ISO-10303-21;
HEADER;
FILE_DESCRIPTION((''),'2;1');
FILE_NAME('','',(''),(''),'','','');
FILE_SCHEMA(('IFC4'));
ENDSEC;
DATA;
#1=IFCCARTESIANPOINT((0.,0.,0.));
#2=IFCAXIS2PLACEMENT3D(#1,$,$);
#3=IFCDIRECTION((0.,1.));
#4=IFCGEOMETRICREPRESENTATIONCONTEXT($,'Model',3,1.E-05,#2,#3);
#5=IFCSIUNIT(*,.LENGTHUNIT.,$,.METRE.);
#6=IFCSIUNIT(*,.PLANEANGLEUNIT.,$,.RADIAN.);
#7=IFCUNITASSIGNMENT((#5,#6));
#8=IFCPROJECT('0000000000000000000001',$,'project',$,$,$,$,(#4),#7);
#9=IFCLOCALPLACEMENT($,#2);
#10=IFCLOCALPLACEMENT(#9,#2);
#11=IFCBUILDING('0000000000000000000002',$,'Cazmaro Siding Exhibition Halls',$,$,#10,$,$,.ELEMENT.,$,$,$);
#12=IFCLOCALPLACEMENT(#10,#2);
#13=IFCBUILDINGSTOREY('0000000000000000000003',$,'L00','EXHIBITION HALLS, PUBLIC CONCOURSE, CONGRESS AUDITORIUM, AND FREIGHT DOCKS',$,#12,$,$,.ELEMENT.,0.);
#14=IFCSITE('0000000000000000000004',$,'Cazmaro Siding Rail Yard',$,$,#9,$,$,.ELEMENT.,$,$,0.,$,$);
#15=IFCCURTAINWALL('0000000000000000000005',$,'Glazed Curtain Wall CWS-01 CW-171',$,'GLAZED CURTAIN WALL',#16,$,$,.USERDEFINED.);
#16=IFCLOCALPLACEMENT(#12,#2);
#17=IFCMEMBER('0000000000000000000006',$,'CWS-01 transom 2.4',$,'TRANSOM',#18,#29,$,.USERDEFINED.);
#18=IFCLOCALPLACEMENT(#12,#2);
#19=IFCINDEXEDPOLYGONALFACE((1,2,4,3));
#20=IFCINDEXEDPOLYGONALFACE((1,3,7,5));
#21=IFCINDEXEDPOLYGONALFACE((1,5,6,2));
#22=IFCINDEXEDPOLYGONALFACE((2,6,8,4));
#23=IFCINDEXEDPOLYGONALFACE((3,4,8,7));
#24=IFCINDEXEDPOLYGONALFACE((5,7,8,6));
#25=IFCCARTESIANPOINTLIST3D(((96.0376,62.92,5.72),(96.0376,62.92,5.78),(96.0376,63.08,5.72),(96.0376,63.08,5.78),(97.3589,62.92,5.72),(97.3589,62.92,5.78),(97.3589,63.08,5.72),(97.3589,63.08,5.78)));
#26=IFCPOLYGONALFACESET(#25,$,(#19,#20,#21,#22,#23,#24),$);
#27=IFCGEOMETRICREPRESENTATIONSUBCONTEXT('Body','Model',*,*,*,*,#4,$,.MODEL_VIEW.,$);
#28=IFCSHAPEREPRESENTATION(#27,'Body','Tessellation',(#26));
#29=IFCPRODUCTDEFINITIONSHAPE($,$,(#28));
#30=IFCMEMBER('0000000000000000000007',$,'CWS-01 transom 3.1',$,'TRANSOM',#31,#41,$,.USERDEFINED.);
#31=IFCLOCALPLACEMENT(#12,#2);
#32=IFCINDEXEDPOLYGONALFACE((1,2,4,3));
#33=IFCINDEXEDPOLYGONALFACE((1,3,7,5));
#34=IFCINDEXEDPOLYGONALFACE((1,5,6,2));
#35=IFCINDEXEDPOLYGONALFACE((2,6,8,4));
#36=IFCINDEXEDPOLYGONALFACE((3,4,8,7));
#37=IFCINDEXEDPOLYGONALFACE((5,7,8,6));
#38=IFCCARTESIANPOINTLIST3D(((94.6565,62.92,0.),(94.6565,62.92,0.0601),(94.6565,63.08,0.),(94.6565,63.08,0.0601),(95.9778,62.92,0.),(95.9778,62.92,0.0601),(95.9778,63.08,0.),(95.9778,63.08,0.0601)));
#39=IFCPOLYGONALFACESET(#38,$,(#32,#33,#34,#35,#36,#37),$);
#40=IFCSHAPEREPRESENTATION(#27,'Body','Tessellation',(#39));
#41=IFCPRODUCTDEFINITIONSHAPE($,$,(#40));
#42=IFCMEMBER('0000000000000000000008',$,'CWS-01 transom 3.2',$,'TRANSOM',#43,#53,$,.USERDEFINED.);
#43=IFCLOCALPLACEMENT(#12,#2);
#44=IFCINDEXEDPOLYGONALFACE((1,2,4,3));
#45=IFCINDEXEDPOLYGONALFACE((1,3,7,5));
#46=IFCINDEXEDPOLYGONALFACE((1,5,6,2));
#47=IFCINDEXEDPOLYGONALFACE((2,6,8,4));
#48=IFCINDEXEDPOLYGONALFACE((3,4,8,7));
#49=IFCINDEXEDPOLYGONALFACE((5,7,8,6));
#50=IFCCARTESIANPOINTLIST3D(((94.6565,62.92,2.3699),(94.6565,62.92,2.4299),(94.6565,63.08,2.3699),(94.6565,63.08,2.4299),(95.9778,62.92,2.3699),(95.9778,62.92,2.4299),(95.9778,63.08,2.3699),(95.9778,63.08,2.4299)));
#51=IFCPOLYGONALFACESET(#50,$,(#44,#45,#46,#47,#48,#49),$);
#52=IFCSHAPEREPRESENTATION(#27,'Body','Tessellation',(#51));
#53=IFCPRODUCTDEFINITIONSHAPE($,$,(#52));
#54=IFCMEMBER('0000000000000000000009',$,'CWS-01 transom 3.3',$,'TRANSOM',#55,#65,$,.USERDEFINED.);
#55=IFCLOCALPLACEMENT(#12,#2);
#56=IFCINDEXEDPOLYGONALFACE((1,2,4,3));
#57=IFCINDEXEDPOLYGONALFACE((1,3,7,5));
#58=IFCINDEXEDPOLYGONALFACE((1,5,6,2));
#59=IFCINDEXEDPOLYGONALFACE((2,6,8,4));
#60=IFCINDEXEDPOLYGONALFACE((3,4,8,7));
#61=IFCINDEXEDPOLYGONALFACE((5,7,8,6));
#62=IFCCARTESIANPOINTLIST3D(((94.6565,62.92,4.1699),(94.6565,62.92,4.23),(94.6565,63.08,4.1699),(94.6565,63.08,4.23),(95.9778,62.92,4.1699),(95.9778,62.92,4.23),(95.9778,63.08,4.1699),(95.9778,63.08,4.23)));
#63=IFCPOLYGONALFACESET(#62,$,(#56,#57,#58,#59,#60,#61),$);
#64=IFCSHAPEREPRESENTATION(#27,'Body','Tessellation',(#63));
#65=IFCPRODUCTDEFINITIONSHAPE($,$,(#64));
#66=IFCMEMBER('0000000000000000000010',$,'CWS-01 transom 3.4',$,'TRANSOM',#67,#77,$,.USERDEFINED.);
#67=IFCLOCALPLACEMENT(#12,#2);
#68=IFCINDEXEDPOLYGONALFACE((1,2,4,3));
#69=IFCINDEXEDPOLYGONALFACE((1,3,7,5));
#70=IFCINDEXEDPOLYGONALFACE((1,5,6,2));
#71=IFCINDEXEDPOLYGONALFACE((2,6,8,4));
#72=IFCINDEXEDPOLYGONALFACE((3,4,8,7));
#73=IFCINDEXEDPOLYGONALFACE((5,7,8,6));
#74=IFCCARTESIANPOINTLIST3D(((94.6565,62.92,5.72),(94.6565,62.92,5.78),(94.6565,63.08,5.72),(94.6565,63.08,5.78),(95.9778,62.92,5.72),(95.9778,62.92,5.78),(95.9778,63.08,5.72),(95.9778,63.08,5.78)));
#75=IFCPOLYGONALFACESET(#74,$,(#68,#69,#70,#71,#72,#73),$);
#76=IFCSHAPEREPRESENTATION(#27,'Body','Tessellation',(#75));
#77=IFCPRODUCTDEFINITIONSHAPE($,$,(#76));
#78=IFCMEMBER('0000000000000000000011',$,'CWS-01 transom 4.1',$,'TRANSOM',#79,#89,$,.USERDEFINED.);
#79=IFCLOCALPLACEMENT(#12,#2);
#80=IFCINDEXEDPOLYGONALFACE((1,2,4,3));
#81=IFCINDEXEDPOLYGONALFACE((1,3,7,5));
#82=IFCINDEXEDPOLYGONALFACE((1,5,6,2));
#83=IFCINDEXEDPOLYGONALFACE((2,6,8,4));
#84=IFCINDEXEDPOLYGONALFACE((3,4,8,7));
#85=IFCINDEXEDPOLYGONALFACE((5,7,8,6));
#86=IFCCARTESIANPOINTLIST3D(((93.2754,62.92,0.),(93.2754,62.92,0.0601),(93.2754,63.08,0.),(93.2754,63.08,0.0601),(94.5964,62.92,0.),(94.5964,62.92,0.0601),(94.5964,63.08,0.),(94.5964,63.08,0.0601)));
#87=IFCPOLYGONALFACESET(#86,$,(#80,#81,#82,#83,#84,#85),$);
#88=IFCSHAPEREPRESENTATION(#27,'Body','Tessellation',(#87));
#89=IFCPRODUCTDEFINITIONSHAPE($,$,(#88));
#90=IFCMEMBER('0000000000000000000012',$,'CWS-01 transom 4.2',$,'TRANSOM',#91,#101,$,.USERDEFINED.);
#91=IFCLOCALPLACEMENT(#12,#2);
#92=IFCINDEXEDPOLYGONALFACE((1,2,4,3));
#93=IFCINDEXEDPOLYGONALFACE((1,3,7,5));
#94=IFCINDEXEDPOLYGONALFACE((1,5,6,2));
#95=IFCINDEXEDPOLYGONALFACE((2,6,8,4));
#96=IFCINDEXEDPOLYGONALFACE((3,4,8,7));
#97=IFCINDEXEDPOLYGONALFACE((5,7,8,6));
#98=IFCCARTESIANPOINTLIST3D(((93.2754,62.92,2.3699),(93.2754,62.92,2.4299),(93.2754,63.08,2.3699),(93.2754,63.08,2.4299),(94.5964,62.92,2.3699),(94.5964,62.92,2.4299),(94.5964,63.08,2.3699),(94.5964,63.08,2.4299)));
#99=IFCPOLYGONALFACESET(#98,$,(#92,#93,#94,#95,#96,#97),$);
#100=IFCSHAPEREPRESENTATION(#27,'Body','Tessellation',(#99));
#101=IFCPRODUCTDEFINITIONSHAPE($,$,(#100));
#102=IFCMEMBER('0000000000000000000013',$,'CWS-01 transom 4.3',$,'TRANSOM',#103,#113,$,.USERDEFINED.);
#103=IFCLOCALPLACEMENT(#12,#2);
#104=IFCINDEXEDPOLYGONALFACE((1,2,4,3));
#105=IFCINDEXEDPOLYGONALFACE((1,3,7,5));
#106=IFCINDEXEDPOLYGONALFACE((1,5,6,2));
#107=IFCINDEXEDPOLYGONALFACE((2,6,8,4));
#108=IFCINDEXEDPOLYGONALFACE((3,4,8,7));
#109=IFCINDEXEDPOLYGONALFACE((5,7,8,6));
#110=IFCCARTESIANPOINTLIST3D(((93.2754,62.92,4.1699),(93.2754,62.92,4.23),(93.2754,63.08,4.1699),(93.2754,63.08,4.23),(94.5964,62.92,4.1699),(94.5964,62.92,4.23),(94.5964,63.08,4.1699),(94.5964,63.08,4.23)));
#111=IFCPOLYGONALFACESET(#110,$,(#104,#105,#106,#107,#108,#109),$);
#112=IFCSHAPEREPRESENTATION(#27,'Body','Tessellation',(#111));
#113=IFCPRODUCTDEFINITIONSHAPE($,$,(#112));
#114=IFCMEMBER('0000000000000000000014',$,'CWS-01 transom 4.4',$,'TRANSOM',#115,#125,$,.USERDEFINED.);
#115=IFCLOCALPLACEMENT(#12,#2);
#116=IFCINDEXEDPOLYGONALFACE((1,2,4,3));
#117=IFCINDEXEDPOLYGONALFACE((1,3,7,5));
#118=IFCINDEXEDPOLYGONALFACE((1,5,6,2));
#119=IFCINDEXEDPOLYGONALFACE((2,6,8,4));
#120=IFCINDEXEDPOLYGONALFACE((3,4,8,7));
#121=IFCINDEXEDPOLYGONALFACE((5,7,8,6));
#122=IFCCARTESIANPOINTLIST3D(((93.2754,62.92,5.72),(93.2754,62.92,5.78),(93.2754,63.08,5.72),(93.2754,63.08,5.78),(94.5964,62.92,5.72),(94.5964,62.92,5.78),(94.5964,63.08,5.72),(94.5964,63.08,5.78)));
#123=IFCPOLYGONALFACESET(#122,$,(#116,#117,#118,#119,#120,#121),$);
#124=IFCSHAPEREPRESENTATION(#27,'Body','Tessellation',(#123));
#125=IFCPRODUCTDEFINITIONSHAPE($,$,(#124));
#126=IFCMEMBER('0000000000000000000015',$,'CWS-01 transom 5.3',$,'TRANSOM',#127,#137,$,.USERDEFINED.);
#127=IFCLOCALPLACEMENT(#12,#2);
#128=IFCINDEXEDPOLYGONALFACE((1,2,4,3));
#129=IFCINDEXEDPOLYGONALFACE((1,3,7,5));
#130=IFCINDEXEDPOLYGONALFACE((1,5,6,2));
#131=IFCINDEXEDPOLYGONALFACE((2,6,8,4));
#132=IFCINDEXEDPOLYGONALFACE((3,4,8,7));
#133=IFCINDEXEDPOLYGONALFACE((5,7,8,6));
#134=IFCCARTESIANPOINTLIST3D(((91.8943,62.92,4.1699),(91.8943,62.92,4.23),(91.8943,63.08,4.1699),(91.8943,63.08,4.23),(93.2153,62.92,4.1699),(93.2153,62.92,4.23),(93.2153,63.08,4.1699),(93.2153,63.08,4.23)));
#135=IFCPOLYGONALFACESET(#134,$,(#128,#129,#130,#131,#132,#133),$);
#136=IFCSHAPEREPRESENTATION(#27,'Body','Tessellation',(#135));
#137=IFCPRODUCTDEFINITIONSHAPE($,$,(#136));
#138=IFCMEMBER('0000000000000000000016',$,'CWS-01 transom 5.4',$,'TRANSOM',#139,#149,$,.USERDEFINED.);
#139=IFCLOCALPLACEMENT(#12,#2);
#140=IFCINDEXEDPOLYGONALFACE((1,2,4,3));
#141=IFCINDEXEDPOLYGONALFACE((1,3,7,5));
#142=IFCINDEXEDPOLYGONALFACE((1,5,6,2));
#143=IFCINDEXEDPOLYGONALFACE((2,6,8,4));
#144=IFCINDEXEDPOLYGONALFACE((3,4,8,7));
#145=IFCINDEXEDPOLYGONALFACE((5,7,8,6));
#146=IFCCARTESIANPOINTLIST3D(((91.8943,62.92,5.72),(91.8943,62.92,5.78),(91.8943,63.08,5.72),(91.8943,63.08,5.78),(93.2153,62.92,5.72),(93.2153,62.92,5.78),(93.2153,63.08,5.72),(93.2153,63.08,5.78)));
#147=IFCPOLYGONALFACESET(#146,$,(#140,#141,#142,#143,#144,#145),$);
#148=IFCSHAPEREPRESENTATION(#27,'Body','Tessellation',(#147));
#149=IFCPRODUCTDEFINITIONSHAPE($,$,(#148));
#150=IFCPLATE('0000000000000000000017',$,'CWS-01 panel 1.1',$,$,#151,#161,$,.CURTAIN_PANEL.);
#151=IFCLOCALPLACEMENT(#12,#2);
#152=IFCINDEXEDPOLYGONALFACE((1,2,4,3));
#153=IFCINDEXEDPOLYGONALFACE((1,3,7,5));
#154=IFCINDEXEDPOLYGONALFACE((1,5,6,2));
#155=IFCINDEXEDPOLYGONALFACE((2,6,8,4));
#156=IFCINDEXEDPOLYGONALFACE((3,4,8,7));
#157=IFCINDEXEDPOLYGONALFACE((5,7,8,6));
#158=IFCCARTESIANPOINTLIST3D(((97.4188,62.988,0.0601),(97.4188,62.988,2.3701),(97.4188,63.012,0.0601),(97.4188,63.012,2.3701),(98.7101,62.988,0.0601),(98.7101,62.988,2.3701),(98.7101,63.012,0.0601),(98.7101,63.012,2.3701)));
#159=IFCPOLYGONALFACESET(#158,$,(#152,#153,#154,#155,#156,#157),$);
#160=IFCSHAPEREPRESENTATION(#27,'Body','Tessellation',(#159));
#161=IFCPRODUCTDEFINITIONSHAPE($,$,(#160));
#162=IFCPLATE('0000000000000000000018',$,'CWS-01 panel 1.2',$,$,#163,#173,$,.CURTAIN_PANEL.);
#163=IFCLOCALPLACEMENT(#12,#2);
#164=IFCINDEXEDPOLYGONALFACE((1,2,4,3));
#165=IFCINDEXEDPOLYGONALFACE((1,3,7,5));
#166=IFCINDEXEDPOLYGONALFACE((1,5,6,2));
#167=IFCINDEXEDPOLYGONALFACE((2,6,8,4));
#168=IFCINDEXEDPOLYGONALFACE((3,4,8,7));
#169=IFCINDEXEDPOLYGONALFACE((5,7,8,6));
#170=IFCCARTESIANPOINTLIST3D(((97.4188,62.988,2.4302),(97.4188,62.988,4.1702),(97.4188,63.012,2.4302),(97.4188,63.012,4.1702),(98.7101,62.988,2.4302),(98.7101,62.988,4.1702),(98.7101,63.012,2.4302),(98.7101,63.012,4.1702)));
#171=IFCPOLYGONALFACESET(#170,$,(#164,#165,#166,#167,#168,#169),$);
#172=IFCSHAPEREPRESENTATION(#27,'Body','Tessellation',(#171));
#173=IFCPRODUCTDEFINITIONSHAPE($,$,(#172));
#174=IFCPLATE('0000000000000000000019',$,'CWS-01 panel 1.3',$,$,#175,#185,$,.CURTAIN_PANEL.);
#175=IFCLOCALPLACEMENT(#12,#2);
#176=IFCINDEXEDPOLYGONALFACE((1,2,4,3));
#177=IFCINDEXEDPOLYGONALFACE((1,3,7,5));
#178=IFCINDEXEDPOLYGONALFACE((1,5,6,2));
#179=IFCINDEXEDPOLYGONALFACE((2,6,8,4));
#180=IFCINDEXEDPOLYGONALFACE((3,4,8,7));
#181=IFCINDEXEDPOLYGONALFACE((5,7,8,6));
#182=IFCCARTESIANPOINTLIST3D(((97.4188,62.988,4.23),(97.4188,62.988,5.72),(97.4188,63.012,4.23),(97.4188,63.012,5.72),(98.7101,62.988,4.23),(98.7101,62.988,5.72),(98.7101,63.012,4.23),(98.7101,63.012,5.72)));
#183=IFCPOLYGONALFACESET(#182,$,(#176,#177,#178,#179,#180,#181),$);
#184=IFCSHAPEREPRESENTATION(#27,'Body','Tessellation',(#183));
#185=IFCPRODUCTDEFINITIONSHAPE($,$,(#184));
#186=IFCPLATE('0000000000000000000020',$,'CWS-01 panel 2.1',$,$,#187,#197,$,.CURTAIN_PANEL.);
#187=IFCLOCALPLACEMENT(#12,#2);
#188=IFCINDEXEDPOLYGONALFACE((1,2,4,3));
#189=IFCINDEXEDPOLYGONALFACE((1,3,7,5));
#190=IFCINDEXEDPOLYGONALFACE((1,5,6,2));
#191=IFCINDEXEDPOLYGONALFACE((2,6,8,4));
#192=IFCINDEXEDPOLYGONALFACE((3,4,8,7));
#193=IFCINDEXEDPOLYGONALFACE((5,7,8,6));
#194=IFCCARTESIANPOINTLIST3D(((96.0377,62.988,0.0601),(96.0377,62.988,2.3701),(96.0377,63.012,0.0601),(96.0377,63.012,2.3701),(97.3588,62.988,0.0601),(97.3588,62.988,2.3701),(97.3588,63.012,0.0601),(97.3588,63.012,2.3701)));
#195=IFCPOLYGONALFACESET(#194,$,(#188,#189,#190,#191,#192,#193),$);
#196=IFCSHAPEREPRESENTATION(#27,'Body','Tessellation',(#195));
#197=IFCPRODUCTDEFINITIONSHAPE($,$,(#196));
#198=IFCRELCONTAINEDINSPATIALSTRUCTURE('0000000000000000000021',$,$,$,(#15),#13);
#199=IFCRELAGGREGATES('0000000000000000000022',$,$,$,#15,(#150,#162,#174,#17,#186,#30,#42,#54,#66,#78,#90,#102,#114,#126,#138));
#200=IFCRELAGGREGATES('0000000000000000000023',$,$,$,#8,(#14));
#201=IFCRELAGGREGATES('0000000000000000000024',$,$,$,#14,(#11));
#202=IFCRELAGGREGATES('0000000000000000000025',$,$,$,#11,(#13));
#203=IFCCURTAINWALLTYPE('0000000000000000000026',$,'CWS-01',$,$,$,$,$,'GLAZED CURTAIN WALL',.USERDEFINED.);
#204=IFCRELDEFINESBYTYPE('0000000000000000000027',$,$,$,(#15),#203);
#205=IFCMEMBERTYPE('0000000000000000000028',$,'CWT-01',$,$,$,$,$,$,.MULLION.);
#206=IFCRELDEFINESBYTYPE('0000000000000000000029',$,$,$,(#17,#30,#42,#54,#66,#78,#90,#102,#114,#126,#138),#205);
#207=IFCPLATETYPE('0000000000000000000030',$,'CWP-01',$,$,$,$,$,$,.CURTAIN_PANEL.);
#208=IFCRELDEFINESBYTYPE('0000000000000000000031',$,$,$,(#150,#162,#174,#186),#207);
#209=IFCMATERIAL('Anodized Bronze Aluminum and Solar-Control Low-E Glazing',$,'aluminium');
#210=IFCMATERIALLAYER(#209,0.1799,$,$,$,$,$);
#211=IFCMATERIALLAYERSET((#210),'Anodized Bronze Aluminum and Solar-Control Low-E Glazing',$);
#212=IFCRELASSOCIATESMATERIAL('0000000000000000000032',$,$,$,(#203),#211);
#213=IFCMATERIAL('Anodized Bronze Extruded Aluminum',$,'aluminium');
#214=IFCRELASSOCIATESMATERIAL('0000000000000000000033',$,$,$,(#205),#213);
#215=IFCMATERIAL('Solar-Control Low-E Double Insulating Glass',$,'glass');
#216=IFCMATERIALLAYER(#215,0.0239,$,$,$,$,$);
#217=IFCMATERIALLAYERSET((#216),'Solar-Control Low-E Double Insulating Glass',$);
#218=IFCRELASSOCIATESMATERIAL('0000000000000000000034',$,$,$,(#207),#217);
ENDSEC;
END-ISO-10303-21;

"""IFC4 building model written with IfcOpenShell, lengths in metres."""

from ifc_helpers import new_model, si_unit, direction, frame, origin, origin_2d, place, context, subcontext, project, spatial, rectangle, extrude, material, layer, layer_set, material_profile, profile_set, type_object, element, aggregate, save


model = new_model("IFC4")

# Units and contexts
model_context = context("Model", 3, precision=1e-05, world=origin(), true_north=direction((0.0, 1.0)))
body_context = subcontext(model_context, "Body", "Model", "MODEL_VIEW")
ifc_project = project(units=[si_unit("LENGTHUNIT", "METRE"), si_unit("PLANEANGLEUNIT", "RADIAN")], contexts=[model_context])

# Site, building, storey
site_placement = place(None, origin())
site = spatial("IfcSite", under=ifc_project, at=site_placement, Name="Cazmaro Siding Rail Yard", CompositionType="ELEMENT", RefElevation=0.0)
building_placement = place(site_placement, origin())
building = spatial("IfcBuilding", under=site, at=building_placement, Name="Cazmaro Siding Exhibition Halls", CompositionType="ELEMENT")
storey_placement = place(building_placement, origin())
storey = spatial("IfcBuildingStorey", under=building, at=storey_placement, Name="L00", Description="EXHIBITION HALLS, PUBLIC CONCOURSE, CONGRESS AUDITORIUM, AND FREIGHT DOCKS", CompositionType="ELEMENT", Elevation=0.0)

# Curtain wall, members, plates
ifc_material_1 = material(Name="Anodized Bronze Aluminum and Solar-Control Low-E Glazing", Category="aluminium")
ifc_layer_1 = layer(ifc_material_1, 0.1799)
ifc_layer_set_1 = layer_set([ifc_layer_1], Name="Anodized Bronze Aluminum and Solar-Control Low-E Glazing")
curtain_wall_type = type_object("IfcCurtainWallType", Name="CWS-01", ElementType="GLAZED CURTAIN WALL", PredefinedType="USERDEFINED", material=ifc_layer_set_1)
curtain_wall_placement = place(storey_placement, origin())
curtain_wall = element("IfcCurtainWall", 1, at=curtain_wall_placement, inside=storey, type_object=curtain_wall_type, Name="Glazed Curtain Wall CWS-01 CW-171", ObjectType="GLAZED CURTAIN WALL", PredefinedType="USERDEFINED")
ifc_material_2 = material(Name="Anodized Bronze Extruded Aluminum", Category="aluminium")
ifc_material_profile_1 = material_profile(ifc_material_2, rectangle(XDim=0.1599, YDim=0.0601, at=origin_2d()), Name="CWT-01")
ifc_profile_set_1 = profile_set([ifc_material_profile_1], Name="Anodized Bronze Extruded Aluminum")
member_type_1 = type_object("IfcMemberType", Name="CWT-01", PredefinedType="MULLION", material=ifc_profile_set_1)
member_1_placement = place(storey_placement, frame((97.3589, 63.0, 5.75), z_axis=(-1.0, 0.0, 0.0), x_axis=(0.0, -1.0, 0.0)))
member_1 = element("IfcMember", 2, at=member_1_placement, type_object=member_type_1, Name="CWS-01 transom 2.4", ObjectType="TRANSOM", PredefinedType="USERDEFINED", context=body_context, shape_type="SweptSolid", body=[
    extrude(rectangle(XDim=0.1599, YDim=0.0601, at=origin_2d()), origin(), (0.0, 0.0, 1.0), 1.3213),
])
member_2_placement = place(storey_placement, frame((95.9778, 63.0, 0.03), z_axis=(-1.0, 0.0, 0.0), x_axis=(0.0, -1.0, 0.0)))
member_2 = element("IfcMember", 3, at=member_2_placement, type_object=member_type_1, Name="CWS-01 transom 3.1", ObjectType="TRANSOM", PredefinedType="USERDEFINED", context=body_context, shape_type="SweptSolid", body=[
    extrude(rectangle(XDim=0.1599, YDim=0.0601, at=origin_2d()), origin(), (0.0, 0.0, 1.0), 1.3213),
])
member_3_placement = place(storey_placement, frame((95.9778, 63.0, 2.3999), z_axis=(-1.0, 0.0, 0.0), x_axis=(0.0, -1.0, 0.0)))
member_3 = element("IfcMember", 4, at=member_3_placement, type_object=member_type_1, Name="CWS-01 transom 3.2", ObjectType="TRANSOM", PredefinedType="USERDEFINED", context=body_context, shape_type="SweptSolid", body=[
    extrude(rectangle(XDim=0.1599, YDim=0.0601, at=origin_2d()), origin(), (0.0, 0.0, 1.0), 1.3213),
])
member_4_placement = place(storey_placement, frame((95.9778, 63.0, 4.2), z_axis=(-1.0, 0.0, 0.0), x_axis=(0.0, -1.0, 0.0)))
member_4 = element("IfcMember", 5, at=member_4_placement, type_object=member_type_1, Name="CWS-01 transom 3.3", ObjectType="TRANSOM", PredefinedType="USERDEFINED", context=body_context, shape_type="SweptSolid", body=[
    extrude(rectangle(XDim=0.1599, YDim=0.0601, at=origin_2d()), origin(), (0.0, 0.0, 1.0), 1.3213),
])
member_5_placement = place(storey_placement, frame((95.9778, 63.0, 5.75), z_axis=(-1.0, 0.0, 0.0), x_axis=(0.0, -1.0, 0.0)))
member_5 = element("IfcMember", 6, at=member_5_placement, type_object=member_type_1, Name="CWS-01 transom 3.4", ObjectType="TRANSOM", PredefinedType="USERDEFINED", context=body_context, shape_type="SweptSolid", body=[
    extrude(rectangle(XDim=0.1599, YDim=0.0601, at=origin_2d()), origin(), (0.0, 0.0, 1.0), 1.3213),
])
member_6_placement = place(storey_placement, frame((94.5964, 63.0, 0.03), z_axis=(-1.0, 0.0, 0.0), x_axis=(0.0, -1.0, 0.0)))
member_6 = element("IfcMember", 7, at=member_6_placement, type_object=member_type_1, Name="CWS-01 transom 4.1", ObjectType="TRANSOM", PredefinedType="USERDEFINED", context=body_context, shape_type="SweptSolid", body=[
    extrude(rectangle(XDim=0.1599, YDim=0.0601, at=origin_2d()), origin(), (0.0, 0.0, 1.0), 1.321),
])
member_7_placement = place(storey_placement, frame((94.5964, 63.0, 2.3999), z_axis=(-1.0, 0.0, 0.0), x_axis=(0.0, -1.0, 0.0)))
member_7 = element("IfcMember", 8, at=member_7_placement, type_object=member_type_1, Name="CWS-01 transom 4.2", ObjectType="TRANSOM", PredefinedType="USERDEFINED", context=body_context, shape_type="SweptSolid", body=[
    extrude(rectangle(XDim=0.1599, YDim=0.0601, at=origin_2d()), origin(), (0.0, 0.0, 1.0), 1.321),
])
member_8_placement = place(storey_placement, frame((94.5964, 63.0, 4.2), z_axis=(-1.0, 0.0, 0.0), x_axis=(0.0, -1.0, 0.0)))
member_8 = element("IfcMember", 9, at=member_8_placement, type_object=member_type_1, Name="CWS-01 transom 4.3", ObjectType="TRANSOM", PredefinedType="USERDEFINED", context=body_context, shape_type="SweptSolid", body=[
    extrude(rectangle(XDim=0.1599, YDim=0.0601, at=origin_2d()), origin(), (0.0, 0.0, 1.0), 1.321),
])
member_9_placement = place(storey_placement, frame((94.5964, 63.0, 5.75), z_axis=(-1.0, 0.0, 0.0), x_axis=(0.0, -1.0, 0.0)))
member_9 = element("IfcMember", 10, at=member_9_placement, type_object=member_type_1, Name="CWS-01 transom 4.4", ObjectType="TRANSOM", PredefinedType="USERDEFINED", context=body_context, shape_type="SweptSolid", body=[
    extrude(rectangle(XDim=0.1599, YDim=0.0601, at=origin_2d()), origin(), (0.0, 0.0, 1.0), 1.321),
])
member_10_placement = place(storey_placement, frame((93.2153, 63.0, 4.2), z_axis=(-1.0, 0.0, 0.0), x_axis=(0.0, -1.0, 0.0)))
member_10 = element("IfcMember", 11, at=member_10_placement, type_object=member_type_1, Name="CWS-01 transom 5.3", ObjectType="TRANSOM", PredefinedType="USERDEFINED", context=body_context, shape_type="SweptSolid", body=[
    extrude(rectangle(XDim=0.1599, YDim=0.0601, at=origin_2d()), origin(), (0.0, 0.0, 1.0), 1.321),
])
member_11_placement = place(storey_placement, frame((93.2153, 63.0, 5.75), z_axis=(-1.0, 0.0, 0.0), x_axis=(0.0, -1.0, 0.0)))
member_11 = element("IfcMember", 12, at=member_11_placement, type_object=member_type_1, Name="CWS-01 transom 5.4", ObjectType="TRANSOM", PredefinedType="USERDEFINED", context=body_context, shape_type="SweptSolid", body=[
    extrude(rectangle(XDim=0.1599, YDim=0.0601, at=origin_2d()), origin(), (0.0, 0.0, 1.0), 1.321),
])
ifc_material_3 = material(Name="Solar-Control Low-E Double Insulating Glass", Category="glass")
ifc_layer_2 = layer(ifc_material_3, 0.0239)
ifc_layer_set_2 = layer_set([ifc_layer_2], Name="Solar-Control Low-E Double Insulating Glass")
plate_type = type_object("IfcPlateType", Name="CWP-01", PredefinedType="CURTAIN_PANEL", material=ifc_layer_set_2)
plate_1_placement = place(storey_placement, frame((98.0645, 63.0, 0.0601), z_axis=(0.0, 0.0, 1.0), x_axis=(-1.0, 0.0, 0.0)))
plate_1 = element("IfcPlate", 13, at=plate_1_placement, type_object=plate_type, Name="CWS-01 panel 1.1", PredefinedType="CURTAIN_PANEL", context=body_context, shape_type="SweptSolid", body=[
    extrude(rectangle(XDim=1.2913, YDim=0.0239, at=origin_2d()), origin(), (0.0, 0.0, 1.0), 2.3101),
])
plate_2_placement = place(storey_placement, frame((98.0645, 63.0, 2.4302), z_axis=(0.0, 0.0, 1.0), x_axis=(-1.0, 0.0, 0.0)))
plate_2 = element("IfcPlate", 14, at=plate_2_placement, type_object=plate_type, Name="CWS-01 panel 1.2", PredefinedType="CURTAIN_PANEL", context=body_context, shape_type="SweptSolid", body=[
    extrude(rectangle(XDim=1.2913, YDim=0.0239, at=origin_2d()), origin(), (0.0, 0.0, 1.0), 1.74),
])
plate_3_placement = place(storey_placement, frame((98.0645, 63.0, 4.23), z_axis=(0.0, 0.0, 1.0), x_axis=(-1.0, 0.0, 0.0)))
plate_3 = element("IfcPlate", 15, at=plate_3_placement, type_object=plate_type, Name="CWS-01 panel 1.3", PredefinedType="CURTAIN_PANEL", context=body_context, shape_type="SweptSolid", body=[
    extrude(rectangle(XDim=1.2913, YDim=0.0239, at=origin_2d()), origin(), (0.0, 0.0, 1.0), 1.49),
])
plate_4_placement = place(storey_placement, frame((96.6982, 63.0, 0.0601), z_axis=(0.0, 0.0, 1.0), x_axis=(-1.0, 0.0, 0.0)))
plate_4 = element("IfcPlate", 16, at=plate_4_placement, type_object=plate_type, Name="CWS-01 panel 2.1", PredefinedType="CURTAIN_PANEL", context=body_context, shape_type="SweptSolid", body=[
    extrude(rectangle(XDim=1.321, YDim=0.0239, at=origin_2d()), origin(), (0.0, 0.0, 1.0), 2.3101),
])
aggregate(curtain_wall, [plate_1, plate_2, plate_3, member_1, plate_4, member_2, member_3, member_4, member_5, member_6, member_7, member_8, member_9, member_10, member_11])

save(model, "model.ifc")
